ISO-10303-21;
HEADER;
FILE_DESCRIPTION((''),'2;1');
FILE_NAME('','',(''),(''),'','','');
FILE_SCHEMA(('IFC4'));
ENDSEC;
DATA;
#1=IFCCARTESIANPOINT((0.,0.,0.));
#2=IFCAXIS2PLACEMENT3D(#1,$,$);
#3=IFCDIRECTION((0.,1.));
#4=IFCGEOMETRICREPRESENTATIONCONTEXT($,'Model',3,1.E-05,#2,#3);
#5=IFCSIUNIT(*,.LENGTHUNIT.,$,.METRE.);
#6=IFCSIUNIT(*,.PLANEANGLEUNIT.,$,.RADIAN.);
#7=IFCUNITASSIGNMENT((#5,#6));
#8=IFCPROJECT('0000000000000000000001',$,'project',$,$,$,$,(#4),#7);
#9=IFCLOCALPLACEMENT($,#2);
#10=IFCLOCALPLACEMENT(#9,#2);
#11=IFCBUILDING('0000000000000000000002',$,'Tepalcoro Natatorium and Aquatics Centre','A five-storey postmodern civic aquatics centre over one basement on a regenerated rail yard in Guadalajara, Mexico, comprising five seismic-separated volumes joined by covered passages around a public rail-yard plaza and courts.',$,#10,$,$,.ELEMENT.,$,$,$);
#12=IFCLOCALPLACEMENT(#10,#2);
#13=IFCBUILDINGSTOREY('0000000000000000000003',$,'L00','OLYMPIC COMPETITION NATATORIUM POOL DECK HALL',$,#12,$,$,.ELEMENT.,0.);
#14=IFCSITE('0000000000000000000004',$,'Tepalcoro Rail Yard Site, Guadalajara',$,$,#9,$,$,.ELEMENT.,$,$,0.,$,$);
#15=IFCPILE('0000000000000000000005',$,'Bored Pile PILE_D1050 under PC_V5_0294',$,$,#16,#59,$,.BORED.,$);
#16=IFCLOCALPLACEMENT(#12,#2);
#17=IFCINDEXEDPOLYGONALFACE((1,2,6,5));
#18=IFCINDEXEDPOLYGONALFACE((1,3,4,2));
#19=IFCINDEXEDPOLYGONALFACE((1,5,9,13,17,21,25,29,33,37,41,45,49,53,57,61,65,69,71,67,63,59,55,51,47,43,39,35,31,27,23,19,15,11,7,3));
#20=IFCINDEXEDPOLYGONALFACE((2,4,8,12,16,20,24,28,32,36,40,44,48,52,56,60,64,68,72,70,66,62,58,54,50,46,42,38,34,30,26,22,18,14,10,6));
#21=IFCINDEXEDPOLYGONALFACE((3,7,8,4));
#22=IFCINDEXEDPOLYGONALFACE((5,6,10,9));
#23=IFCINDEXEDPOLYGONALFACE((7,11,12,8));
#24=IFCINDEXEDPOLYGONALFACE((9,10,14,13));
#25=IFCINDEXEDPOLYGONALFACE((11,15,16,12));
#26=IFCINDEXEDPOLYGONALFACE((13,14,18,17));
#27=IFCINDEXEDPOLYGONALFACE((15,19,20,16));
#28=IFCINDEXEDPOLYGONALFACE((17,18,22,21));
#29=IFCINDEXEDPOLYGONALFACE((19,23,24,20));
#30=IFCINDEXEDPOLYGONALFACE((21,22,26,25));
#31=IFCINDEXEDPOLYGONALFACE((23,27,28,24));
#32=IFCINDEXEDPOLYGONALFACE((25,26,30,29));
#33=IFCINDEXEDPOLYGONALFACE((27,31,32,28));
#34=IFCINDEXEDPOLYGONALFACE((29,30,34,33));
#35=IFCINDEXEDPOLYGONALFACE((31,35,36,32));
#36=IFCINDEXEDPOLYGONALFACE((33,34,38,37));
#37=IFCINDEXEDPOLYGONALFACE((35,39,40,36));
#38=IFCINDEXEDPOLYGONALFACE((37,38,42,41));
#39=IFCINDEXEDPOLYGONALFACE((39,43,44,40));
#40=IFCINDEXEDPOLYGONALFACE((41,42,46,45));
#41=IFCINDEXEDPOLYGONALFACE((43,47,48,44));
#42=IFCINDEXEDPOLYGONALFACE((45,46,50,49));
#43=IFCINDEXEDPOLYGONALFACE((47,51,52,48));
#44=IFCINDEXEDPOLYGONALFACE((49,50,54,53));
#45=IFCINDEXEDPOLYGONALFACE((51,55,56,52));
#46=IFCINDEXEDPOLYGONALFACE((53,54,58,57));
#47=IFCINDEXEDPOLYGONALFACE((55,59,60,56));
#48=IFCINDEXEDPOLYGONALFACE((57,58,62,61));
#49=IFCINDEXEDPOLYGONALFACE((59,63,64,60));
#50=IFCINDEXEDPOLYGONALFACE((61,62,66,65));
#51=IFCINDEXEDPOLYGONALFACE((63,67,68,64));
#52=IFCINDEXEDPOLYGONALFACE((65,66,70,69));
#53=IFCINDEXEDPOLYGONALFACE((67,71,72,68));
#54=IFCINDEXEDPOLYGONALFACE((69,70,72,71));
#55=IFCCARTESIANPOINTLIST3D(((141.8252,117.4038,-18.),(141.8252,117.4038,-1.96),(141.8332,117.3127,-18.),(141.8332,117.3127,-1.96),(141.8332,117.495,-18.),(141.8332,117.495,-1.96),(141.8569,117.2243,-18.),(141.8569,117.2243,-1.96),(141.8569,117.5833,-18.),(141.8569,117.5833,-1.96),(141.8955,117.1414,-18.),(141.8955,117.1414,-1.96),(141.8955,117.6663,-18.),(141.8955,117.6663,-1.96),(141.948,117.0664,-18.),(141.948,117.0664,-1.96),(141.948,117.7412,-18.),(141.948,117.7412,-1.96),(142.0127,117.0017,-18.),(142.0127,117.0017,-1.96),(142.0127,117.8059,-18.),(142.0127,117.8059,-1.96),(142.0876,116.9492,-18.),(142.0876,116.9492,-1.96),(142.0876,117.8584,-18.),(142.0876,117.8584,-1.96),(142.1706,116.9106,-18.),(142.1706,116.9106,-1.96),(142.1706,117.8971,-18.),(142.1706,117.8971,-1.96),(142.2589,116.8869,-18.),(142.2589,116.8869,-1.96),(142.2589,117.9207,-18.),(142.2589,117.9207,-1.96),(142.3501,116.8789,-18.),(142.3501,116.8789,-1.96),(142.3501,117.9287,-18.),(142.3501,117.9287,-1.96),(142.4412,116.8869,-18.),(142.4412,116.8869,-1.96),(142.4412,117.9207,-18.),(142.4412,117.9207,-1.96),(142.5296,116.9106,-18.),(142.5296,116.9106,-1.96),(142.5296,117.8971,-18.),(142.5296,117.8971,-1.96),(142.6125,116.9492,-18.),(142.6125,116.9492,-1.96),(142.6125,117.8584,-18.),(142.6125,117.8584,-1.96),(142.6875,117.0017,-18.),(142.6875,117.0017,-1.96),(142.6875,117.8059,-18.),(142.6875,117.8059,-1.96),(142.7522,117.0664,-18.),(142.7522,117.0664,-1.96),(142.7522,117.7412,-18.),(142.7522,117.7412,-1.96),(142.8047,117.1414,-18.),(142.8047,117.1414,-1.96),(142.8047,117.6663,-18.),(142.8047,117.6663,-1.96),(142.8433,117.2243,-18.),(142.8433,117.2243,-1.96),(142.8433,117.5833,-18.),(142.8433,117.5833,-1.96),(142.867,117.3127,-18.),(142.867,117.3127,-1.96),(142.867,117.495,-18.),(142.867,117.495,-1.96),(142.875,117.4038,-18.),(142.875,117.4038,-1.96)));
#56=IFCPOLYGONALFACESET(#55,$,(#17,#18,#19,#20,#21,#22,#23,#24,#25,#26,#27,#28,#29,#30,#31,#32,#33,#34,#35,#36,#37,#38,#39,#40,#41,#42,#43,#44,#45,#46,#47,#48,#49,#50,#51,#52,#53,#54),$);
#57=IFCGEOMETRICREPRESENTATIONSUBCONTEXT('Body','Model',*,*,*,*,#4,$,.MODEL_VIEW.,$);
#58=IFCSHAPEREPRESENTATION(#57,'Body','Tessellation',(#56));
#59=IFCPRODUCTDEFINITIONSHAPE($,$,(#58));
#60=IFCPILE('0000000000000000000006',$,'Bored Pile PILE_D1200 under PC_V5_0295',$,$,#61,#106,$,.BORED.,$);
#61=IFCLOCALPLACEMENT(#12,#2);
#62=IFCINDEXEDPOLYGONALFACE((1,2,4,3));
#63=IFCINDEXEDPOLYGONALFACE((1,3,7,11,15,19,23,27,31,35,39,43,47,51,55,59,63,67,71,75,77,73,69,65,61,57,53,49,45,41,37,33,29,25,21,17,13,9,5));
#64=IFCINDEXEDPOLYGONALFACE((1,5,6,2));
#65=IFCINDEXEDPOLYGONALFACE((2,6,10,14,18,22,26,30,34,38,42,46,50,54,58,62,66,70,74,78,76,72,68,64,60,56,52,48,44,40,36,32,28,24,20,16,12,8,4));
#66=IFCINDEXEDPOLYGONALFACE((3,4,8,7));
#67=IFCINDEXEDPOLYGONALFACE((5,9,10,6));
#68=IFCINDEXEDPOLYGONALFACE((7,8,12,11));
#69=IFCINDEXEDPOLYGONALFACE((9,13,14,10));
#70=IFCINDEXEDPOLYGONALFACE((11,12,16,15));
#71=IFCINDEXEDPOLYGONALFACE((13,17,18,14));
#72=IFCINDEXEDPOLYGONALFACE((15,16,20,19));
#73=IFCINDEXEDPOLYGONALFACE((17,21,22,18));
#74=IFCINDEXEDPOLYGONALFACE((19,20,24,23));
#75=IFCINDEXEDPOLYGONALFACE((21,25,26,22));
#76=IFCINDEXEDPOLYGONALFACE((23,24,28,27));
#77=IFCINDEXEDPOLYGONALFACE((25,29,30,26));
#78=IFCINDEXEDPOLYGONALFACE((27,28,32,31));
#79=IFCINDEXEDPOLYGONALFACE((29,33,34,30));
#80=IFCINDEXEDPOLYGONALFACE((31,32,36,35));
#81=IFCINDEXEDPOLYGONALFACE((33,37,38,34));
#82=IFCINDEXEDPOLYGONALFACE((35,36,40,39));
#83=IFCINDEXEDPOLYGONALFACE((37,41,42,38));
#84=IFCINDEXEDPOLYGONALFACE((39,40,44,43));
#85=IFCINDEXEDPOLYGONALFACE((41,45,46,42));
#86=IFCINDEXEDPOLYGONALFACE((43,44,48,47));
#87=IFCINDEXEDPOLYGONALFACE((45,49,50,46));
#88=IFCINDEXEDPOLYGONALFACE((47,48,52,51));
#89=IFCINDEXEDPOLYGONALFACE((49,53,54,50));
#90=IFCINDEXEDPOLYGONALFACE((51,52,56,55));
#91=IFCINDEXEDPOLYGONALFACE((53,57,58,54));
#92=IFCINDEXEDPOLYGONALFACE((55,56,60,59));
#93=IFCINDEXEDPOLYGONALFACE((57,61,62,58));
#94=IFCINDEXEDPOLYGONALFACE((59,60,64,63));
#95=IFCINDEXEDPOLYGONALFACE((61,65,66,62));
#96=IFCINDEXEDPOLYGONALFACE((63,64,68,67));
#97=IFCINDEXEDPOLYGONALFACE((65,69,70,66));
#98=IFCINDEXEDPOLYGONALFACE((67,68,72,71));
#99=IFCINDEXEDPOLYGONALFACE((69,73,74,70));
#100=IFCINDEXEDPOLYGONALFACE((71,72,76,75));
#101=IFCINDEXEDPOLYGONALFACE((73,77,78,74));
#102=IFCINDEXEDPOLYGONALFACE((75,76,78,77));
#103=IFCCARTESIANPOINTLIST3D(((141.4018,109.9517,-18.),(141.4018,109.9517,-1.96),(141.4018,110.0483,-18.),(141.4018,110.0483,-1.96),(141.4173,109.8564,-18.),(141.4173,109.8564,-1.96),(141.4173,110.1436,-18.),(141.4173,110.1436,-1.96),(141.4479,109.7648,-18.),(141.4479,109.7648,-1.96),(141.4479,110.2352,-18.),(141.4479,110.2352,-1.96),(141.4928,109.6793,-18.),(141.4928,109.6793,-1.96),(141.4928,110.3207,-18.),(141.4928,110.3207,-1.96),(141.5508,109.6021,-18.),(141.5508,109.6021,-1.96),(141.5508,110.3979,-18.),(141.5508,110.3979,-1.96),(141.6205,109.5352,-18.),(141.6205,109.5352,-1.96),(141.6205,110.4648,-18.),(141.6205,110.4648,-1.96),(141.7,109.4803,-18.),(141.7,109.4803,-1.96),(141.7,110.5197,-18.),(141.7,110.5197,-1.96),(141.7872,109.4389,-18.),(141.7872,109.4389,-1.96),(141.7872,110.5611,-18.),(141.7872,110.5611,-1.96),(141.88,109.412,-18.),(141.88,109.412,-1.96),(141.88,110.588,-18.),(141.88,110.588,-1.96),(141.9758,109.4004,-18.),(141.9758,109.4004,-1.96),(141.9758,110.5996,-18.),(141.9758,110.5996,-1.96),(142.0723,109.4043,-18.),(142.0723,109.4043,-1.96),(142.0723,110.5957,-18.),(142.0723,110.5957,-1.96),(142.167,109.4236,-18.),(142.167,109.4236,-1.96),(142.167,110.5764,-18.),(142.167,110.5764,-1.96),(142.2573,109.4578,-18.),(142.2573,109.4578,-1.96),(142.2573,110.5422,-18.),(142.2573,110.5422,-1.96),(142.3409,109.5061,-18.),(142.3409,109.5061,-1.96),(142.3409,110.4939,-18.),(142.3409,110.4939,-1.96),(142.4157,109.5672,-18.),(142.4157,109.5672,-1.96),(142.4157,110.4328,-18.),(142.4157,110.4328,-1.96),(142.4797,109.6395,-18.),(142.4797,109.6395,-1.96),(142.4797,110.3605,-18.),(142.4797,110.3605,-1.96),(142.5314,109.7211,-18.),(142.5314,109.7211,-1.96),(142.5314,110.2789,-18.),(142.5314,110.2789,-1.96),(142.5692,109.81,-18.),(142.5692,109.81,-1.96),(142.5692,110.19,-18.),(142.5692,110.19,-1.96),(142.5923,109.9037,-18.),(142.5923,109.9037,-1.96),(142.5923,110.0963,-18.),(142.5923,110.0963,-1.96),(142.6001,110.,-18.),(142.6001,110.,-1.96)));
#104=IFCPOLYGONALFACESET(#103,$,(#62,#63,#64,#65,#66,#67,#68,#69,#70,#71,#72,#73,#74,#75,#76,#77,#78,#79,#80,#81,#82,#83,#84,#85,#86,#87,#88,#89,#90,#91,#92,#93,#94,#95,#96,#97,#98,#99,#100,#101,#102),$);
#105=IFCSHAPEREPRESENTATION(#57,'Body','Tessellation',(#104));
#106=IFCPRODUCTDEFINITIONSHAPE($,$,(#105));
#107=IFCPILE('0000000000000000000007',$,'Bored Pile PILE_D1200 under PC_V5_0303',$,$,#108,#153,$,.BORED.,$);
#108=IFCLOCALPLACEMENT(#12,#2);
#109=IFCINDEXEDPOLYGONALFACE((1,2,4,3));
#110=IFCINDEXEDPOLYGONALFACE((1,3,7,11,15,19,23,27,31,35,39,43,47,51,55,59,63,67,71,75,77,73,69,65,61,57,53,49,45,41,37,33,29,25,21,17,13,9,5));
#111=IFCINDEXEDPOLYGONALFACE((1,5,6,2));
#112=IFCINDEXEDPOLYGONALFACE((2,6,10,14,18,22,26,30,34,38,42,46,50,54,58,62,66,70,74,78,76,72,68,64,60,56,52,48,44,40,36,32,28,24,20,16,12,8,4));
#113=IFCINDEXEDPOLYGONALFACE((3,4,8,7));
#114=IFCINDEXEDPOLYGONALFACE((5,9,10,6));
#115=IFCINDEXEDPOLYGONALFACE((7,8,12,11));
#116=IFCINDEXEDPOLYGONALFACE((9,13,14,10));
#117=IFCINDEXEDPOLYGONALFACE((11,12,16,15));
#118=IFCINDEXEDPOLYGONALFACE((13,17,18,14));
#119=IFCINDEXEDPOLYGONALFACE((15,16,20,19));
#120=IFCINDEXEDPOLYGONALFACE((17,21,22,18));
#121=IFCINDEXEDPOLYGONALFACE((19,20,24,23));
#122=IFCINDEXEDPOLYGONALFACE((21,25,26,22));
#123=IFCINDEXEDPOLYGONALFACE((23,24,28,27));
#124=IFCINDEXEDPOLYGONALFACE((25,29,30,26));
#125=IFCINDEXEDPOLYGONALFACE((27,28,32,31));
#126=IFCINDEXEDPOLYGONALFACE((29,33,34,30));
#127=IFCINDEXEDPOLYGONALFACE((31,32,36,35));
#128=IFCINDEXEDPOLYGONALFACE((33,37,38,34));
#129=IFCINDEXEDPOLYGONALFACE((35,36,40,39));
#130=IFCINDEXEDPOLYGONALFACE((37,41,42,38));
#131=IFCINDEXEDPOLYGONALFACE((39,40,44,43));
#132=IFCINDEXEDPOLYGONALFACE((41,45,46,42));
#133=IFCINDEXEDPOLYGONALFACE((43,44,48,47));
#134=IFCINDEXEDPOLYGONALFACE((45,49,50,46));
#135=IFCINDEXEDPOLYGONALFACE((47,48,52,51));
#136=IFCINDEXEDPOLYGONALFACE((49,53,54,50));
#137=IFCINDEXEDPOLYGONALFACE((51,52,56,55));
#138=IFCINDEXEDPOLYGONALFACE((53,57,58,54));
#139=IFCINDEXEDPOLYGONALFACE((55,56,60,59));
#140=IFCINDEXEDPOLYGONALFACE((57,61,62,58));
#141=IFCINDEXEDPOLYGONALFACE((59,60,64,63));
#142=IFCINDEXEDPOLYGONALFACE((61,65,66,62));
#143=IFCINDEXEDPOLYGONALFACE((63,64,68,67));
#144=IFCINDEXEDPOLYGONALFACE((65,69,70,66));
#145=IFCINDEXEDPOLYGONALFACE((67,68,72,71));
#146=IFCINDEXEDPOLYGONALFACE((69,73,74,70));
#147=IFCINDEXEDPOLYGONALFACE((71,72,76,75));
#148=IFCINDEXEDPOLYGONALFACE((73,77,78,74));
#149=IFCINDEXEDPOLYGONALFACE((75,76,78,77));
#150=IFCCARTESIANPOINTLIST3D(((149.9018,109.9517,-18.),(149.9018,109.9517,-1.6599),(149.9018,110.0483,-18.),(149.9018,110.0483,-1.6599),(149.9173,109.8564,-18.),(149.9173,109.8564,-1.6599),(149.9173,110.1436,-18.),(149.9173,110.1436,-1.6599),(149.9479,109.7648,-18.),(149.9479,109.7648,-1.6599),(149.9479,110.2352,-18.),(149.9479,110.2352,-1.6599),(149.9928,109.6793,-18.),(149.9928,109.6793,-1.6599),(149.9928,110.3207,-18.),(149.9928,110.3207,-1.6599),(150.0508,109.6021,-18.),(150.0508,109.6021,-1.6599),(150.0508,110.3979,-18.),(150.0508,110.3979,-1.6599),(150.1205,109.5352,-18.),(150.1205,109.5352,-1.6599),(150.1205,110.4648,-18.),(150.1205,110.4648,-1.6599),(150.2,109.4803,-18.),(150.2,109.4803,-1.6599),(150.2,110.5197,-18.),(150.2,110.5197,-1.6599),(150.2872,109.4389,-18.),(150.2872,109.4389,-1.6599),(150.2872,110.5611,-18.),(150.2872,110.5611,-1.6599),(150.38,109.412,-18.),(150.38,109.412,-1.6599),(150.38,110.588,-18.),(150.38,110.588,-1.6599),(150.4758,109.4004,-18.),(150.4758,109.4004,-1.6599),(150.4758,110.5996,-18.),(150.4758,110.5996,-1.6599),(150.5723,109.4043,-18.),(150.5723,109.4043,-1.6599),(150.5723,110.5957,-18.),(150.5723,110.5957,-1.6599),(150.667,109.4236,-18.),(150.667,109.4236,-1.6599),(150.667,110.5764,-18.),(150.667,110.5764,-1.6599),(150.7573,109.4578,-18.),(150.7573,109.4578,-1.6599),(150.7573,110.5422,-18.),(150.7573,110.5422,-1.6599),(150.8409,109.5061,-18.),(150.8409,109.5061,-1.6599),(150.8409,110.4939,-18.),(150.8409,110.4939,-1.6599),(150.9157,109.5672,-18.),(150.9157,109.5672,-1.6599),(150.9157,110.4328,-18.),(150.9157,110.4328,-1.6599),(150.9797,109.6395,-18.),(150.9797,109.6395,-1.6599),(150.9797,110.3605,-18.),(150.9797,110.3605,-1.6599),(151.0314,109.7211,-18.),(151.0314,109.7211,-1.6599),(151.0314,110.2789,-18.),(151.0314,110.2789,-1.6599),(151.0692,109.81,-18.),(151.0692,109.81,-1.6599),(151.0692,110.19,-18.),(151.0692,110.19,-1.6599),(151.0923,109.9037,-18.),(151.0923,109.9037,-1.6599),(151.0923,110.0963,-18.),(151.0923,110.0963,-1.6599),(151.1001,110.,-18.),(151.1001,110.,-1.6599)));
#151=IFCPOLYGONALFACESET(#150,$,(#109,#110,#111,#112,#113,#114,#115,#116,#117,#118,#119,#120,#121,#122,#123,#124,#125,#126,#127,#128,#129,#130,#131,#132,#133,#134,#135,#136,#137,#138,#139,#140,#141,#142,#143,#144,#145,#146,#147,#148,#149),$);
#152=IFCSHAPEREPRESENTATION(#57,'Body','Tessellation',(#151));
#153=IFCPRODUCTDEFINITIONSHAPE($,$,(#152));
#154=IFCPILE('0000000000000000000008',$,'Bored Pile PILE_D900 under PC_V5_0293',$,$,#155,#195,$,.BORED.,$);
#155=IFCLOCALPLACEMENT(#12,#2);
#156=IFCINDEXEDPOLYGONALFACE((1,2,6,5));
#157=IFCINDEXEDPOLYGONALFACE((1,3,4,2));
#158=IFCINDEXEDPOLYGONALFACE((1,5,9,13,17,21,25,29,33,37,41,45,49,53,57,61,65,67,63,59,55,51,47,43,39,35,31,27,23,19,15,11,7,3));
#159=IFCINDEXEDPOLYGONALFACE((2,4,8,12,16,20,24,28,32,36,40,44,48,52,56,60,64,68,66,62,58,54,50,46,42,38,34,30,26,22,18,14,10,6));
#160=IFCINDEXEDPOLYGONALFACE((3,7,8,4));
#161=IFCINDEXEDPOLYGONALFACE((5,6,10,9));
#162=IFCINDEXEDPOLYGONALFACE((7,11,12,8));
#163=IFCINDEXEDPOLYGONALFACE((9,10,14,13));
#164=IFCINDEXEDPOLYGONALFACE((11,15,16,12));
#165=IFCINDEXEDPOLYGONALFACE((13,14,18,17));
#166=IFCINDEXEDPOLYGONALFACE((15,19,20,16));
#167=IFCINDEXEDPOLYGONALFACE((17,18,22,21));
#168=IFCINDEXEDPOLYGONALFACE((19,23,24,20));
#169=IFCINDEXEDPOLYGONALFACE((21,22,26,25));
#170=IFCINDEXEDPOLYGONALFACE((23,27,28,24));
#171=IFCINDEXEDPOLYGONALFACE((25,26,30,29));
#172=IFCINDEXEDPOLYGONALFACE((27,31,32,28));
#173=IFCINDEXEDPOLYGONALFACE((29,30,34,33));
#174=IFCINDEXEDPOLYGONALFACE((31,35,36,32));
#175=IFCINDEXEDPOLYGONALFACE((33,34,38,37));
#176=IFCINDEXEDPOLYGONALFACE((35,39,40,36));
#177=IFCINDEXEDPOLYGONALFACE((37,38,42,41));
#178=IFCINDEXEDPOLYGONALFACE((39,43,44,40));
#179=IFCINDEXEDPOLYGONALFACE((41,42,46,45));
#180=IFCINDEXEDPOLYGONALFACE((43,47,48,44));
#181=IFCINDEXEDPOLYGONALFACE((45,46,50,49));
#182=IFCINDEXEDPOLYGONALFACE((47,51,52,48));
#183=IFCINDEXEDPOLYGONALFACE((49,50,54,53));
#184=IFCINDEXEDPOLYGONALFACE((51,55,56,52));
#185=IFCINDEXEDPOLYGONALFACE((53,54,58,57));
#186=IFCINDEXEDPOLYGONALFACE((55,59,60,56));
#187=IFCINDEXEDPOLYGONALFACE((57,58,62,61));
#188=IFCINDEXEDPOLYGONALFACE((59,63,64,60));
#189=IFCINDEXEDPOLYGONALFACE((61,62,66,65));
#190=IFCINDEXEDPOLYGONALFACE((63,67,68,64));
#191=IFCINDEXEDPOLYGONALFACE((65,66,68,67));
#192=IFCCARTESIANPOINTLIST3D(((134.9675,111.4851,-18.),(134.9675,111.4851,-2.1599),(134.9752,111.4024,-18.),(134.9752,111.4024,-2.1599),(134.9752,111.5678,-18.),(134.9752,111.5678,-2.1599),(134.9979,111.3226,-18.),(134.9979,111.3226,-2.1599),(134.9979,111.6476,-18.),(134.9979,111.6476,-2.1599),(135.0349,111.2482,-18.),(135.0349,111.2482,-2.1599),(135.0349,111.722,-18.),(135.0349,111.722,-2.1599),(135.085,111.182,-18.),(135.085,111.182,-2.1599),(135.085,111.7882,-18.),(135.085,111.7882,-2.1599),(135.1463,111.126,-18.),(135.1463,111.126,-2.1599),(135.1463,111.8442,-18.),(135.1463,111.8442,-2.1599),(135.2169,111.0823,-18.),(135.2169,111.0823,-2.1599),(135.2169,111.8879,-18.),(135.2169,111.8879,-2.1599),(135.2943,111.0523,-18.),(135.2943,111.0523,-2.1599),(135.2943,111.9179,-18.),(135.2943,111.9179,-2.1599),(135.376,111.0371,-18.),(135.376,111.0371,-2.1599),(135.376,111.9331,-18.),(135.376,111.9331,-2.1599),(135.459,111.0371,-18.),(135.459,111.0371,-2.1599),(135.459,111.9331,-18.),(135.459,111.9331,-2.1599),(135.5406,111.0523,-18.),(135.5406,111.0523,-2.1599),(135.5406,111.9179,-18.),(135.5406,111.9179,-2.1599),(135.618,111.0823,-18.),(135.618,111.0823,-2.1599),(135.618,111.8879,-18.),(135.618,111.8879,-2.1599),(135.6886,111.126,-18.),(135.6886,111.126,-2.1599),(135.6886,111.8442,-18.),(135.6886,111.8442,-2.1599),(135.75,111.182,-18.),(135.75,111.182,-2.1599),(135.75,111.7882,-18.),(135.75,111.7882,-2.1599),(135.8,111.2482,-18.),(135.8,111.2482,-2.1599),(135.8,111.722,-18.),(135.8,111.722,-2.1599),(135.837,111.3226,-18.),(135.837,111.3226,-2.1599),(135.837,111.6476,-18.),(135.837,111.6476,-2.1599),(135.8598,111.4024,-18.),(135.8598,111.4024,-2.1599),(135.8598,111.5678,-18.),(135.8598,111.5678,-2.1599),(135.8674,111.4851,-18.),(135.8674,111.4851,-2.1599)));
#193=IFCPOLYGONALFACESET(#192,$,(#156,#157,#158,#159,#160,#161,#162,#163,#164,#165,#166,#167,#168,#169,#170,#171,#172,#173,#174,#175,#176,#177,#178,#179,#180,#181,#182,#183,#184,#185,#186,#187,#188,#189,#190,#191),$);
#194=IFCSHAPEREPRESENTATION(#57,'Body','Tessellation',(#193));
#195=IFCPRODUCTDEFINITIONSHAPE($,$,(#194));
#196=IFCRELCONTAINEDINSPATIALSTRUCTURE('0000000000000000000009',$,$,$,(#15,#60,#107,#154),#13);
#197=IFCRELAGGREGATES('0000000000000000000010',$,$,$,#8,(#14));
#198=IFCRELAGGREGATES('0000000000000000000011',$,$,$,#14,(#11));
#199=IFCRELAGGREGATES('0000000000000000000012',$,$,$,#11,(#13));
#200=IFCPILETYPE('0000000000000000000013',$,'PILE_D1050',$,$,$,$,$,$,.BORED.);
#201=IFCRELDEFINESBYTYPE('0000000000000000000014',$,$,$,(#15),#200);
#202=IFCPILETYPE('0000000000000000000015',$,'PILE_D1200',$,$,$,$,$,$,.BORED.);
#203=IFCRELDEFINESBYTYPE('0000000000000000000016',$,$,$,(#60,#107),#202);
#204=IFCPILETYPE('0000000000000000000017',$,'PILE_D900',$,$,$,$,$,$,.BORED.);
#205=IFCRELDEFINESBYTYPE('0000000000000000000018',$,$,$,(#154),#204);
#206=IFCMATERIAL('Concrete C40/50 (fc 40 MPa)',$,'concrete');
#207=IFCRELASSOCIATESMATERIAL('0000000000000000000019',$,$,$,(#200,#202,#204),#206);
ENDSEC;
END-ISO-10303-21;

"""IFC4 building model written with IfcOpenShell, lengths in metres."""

from ifc_helpers import new_model, si_unit, direction, frame, origin, origin_2d, place, context, subcontext, project, spatial, circle, extrude, material, material_profile, profile_set, type_object, element, save


model = new_model("IFC4")

# Units and contexts
model_context = context("Model", 3, precision=1e-05, world=origin(), true_north=direction((0.0, 1.0)))
body_context = subcontext(model_context, "Body", "Model", "MODEL_VIEW")
ifc_project = project(units=[si_unit("LENGTHUNIT", "METRE"), si_unit("PLANEANGLEUNIT", "RADIAN")], contexts=[model_context])

# Site, building, storey
site_placement = place(None, origin())
site = spatial("IfcSite", under=ifc_project, at=site_placement, Name="Tepalcoro Rail Yard Site, Guadalajara", CompositionType="ELEMENT", RefElevation=0.0)
building_placement = place(site_placement, origin())
building = spatial("IfcBuilding", under=site, at=building_placement, Name="Tepalcoro Natatorium and Aquatics Centre", Description="A five-storey postmodern civic aquatics centre over one basement on a regenerated rail yard in Guadalajara, Mexico, comprising five seismic-separated volumes joined by covered passages around a public rail-yard plaza and courts.", CompositionType="ELEMENT")
storey_placement = place(building_placement, origin())
storey = spatial("IfcBuildingStorey", under=building, at=storey_placement, Name="L00", Description="OLYMPIC COMPETITION NATATORIUM POOL DECK HALL", CompositionType="ELEMENT", Elevation=0.0)

# Piles
ifc_material_1 = material(Name="Concrete C40/50 (fc 40 MPa)", Category="concrete")
ifc_material_profile_1 = material_profile(ifc_material_1, circle(Radius=0.5249, at=origin_2d()), Name="PILE_D1050")
ifc_profile_set_1 = profile_set([ifc_material_profile_1], Name="Concrete C40/50 (fc 40 MPa)")
pile_type_1 = type_object("IfcPileType", Name="PILE_D1050", PredefinedType="BORED", material=ifc_profile_set_1)
pile_1_placement = place(storey_placement, frame((142.3501, 117.4038, -1.96), z_axis=(0.0, 0.0, -1.0), x_axis=(1.0, 0.0, 0.0)))
element("IfcPile", 1, at=pile_1_placement, inside=storey, type_object=pile_type_1, Name="Bored Pile PILE_D1050 under PC_V5_0294", PredefinedType="BORED", context=body_context, shape_type="SweptSolid", body=[
    extrude(circle(Radius=0.5249, at=origin_2d()), origin(), (0.0, 0.0, 1.0), 16.04),
])
ifc_material_profile_2 = material_profile(ifc_material_1, circle(Radius=0.6001, at=origin_2d()), Name="PILE_D1200")
ifc_profile_set_2 = profile_set([ifc_material_profile_2], Name="Concrete C40/50 (fc 40 MPa)")
pile_type_2 = type_object("IfcPileType", Name="PILE_D1200", PredefinedType="BORED", material=ifc_profile_set_2)
pile_2_placement = place(storey_placement, frame((142.0, 110.0, -1.96), z_axis=(0.0, 0.0, -1.0), x_axis=(1.0, 0.0, 0.0)))
element("IfcPile", 2, at=pile_2_placement, inside=storey, type_object=pile_type_2, Name="Bored Pile PILE_D1200 under PC_V5_0295", PredefinedType="BORED", context=body_context, shape_type="SweptSolid", body=[
    extrude(circle(Radius=0.6001, at=origin_2d()), origin(), (0.0, 0.0, 1.0), 16.04),
])
pile_3_placement = place(storey_placement, frame((150.5, 110.0, -1.6599), z_axis=(0.0, 0.0, -1.0), x_axis=(1.0, 0.0, 0.0)))
element("IfcPile", 3, at=pile_3_placement, inside=storey, type_object=pile_type_2, Name="Bored Pile PILE_D1200 under PC_V5_0303", PredefinedType="BORED", context=body_context, shape_type="SweptSolid", body=[
    extrude(circle(Radius=0.6001, at=origin_2d()), origin(), (0.0, 0.0, 1.0), 16.3401),
])
ifc_material_profile_3 = material_profile(ifc_material_1, circle(Radius=0.45, at=origin_2d()), Name="PILE_D900")
ifc_profile_set_3 = profile_set([ifc_material_profile_3], Name="Concrete C40/50 (fc 40 MPa)")
pile_type_3 = type_object("IfcPileType", Name="PILE_D900", PredefinedType="BORED", material=ifc_profile_set_3)
for number, where, z_axis, x_axis, name in (
    (4, (135.4175, 111.4851, -2.1599), (0.0, 0.0, -1.0), (1.0, 0.0, 0.0), "Bored Pile PILE_D900 under PC_V5_0293"),
):
    element("IfcPile", number, at=place(storey_placement, frame(where, z_axis=z_axis, x_axis=x_axis)), inside=storey, type_object=pile_type_3, Name=name, PredefinedType="BORED", context=body_context, shape_type="SweptSolid", body=[
        extrude(circle(Radius=0.45, at=origin_2d()), origin(), (0.0, 0.0, 1.0), 15.8401),
    ])

save(model, "model.ifc")
